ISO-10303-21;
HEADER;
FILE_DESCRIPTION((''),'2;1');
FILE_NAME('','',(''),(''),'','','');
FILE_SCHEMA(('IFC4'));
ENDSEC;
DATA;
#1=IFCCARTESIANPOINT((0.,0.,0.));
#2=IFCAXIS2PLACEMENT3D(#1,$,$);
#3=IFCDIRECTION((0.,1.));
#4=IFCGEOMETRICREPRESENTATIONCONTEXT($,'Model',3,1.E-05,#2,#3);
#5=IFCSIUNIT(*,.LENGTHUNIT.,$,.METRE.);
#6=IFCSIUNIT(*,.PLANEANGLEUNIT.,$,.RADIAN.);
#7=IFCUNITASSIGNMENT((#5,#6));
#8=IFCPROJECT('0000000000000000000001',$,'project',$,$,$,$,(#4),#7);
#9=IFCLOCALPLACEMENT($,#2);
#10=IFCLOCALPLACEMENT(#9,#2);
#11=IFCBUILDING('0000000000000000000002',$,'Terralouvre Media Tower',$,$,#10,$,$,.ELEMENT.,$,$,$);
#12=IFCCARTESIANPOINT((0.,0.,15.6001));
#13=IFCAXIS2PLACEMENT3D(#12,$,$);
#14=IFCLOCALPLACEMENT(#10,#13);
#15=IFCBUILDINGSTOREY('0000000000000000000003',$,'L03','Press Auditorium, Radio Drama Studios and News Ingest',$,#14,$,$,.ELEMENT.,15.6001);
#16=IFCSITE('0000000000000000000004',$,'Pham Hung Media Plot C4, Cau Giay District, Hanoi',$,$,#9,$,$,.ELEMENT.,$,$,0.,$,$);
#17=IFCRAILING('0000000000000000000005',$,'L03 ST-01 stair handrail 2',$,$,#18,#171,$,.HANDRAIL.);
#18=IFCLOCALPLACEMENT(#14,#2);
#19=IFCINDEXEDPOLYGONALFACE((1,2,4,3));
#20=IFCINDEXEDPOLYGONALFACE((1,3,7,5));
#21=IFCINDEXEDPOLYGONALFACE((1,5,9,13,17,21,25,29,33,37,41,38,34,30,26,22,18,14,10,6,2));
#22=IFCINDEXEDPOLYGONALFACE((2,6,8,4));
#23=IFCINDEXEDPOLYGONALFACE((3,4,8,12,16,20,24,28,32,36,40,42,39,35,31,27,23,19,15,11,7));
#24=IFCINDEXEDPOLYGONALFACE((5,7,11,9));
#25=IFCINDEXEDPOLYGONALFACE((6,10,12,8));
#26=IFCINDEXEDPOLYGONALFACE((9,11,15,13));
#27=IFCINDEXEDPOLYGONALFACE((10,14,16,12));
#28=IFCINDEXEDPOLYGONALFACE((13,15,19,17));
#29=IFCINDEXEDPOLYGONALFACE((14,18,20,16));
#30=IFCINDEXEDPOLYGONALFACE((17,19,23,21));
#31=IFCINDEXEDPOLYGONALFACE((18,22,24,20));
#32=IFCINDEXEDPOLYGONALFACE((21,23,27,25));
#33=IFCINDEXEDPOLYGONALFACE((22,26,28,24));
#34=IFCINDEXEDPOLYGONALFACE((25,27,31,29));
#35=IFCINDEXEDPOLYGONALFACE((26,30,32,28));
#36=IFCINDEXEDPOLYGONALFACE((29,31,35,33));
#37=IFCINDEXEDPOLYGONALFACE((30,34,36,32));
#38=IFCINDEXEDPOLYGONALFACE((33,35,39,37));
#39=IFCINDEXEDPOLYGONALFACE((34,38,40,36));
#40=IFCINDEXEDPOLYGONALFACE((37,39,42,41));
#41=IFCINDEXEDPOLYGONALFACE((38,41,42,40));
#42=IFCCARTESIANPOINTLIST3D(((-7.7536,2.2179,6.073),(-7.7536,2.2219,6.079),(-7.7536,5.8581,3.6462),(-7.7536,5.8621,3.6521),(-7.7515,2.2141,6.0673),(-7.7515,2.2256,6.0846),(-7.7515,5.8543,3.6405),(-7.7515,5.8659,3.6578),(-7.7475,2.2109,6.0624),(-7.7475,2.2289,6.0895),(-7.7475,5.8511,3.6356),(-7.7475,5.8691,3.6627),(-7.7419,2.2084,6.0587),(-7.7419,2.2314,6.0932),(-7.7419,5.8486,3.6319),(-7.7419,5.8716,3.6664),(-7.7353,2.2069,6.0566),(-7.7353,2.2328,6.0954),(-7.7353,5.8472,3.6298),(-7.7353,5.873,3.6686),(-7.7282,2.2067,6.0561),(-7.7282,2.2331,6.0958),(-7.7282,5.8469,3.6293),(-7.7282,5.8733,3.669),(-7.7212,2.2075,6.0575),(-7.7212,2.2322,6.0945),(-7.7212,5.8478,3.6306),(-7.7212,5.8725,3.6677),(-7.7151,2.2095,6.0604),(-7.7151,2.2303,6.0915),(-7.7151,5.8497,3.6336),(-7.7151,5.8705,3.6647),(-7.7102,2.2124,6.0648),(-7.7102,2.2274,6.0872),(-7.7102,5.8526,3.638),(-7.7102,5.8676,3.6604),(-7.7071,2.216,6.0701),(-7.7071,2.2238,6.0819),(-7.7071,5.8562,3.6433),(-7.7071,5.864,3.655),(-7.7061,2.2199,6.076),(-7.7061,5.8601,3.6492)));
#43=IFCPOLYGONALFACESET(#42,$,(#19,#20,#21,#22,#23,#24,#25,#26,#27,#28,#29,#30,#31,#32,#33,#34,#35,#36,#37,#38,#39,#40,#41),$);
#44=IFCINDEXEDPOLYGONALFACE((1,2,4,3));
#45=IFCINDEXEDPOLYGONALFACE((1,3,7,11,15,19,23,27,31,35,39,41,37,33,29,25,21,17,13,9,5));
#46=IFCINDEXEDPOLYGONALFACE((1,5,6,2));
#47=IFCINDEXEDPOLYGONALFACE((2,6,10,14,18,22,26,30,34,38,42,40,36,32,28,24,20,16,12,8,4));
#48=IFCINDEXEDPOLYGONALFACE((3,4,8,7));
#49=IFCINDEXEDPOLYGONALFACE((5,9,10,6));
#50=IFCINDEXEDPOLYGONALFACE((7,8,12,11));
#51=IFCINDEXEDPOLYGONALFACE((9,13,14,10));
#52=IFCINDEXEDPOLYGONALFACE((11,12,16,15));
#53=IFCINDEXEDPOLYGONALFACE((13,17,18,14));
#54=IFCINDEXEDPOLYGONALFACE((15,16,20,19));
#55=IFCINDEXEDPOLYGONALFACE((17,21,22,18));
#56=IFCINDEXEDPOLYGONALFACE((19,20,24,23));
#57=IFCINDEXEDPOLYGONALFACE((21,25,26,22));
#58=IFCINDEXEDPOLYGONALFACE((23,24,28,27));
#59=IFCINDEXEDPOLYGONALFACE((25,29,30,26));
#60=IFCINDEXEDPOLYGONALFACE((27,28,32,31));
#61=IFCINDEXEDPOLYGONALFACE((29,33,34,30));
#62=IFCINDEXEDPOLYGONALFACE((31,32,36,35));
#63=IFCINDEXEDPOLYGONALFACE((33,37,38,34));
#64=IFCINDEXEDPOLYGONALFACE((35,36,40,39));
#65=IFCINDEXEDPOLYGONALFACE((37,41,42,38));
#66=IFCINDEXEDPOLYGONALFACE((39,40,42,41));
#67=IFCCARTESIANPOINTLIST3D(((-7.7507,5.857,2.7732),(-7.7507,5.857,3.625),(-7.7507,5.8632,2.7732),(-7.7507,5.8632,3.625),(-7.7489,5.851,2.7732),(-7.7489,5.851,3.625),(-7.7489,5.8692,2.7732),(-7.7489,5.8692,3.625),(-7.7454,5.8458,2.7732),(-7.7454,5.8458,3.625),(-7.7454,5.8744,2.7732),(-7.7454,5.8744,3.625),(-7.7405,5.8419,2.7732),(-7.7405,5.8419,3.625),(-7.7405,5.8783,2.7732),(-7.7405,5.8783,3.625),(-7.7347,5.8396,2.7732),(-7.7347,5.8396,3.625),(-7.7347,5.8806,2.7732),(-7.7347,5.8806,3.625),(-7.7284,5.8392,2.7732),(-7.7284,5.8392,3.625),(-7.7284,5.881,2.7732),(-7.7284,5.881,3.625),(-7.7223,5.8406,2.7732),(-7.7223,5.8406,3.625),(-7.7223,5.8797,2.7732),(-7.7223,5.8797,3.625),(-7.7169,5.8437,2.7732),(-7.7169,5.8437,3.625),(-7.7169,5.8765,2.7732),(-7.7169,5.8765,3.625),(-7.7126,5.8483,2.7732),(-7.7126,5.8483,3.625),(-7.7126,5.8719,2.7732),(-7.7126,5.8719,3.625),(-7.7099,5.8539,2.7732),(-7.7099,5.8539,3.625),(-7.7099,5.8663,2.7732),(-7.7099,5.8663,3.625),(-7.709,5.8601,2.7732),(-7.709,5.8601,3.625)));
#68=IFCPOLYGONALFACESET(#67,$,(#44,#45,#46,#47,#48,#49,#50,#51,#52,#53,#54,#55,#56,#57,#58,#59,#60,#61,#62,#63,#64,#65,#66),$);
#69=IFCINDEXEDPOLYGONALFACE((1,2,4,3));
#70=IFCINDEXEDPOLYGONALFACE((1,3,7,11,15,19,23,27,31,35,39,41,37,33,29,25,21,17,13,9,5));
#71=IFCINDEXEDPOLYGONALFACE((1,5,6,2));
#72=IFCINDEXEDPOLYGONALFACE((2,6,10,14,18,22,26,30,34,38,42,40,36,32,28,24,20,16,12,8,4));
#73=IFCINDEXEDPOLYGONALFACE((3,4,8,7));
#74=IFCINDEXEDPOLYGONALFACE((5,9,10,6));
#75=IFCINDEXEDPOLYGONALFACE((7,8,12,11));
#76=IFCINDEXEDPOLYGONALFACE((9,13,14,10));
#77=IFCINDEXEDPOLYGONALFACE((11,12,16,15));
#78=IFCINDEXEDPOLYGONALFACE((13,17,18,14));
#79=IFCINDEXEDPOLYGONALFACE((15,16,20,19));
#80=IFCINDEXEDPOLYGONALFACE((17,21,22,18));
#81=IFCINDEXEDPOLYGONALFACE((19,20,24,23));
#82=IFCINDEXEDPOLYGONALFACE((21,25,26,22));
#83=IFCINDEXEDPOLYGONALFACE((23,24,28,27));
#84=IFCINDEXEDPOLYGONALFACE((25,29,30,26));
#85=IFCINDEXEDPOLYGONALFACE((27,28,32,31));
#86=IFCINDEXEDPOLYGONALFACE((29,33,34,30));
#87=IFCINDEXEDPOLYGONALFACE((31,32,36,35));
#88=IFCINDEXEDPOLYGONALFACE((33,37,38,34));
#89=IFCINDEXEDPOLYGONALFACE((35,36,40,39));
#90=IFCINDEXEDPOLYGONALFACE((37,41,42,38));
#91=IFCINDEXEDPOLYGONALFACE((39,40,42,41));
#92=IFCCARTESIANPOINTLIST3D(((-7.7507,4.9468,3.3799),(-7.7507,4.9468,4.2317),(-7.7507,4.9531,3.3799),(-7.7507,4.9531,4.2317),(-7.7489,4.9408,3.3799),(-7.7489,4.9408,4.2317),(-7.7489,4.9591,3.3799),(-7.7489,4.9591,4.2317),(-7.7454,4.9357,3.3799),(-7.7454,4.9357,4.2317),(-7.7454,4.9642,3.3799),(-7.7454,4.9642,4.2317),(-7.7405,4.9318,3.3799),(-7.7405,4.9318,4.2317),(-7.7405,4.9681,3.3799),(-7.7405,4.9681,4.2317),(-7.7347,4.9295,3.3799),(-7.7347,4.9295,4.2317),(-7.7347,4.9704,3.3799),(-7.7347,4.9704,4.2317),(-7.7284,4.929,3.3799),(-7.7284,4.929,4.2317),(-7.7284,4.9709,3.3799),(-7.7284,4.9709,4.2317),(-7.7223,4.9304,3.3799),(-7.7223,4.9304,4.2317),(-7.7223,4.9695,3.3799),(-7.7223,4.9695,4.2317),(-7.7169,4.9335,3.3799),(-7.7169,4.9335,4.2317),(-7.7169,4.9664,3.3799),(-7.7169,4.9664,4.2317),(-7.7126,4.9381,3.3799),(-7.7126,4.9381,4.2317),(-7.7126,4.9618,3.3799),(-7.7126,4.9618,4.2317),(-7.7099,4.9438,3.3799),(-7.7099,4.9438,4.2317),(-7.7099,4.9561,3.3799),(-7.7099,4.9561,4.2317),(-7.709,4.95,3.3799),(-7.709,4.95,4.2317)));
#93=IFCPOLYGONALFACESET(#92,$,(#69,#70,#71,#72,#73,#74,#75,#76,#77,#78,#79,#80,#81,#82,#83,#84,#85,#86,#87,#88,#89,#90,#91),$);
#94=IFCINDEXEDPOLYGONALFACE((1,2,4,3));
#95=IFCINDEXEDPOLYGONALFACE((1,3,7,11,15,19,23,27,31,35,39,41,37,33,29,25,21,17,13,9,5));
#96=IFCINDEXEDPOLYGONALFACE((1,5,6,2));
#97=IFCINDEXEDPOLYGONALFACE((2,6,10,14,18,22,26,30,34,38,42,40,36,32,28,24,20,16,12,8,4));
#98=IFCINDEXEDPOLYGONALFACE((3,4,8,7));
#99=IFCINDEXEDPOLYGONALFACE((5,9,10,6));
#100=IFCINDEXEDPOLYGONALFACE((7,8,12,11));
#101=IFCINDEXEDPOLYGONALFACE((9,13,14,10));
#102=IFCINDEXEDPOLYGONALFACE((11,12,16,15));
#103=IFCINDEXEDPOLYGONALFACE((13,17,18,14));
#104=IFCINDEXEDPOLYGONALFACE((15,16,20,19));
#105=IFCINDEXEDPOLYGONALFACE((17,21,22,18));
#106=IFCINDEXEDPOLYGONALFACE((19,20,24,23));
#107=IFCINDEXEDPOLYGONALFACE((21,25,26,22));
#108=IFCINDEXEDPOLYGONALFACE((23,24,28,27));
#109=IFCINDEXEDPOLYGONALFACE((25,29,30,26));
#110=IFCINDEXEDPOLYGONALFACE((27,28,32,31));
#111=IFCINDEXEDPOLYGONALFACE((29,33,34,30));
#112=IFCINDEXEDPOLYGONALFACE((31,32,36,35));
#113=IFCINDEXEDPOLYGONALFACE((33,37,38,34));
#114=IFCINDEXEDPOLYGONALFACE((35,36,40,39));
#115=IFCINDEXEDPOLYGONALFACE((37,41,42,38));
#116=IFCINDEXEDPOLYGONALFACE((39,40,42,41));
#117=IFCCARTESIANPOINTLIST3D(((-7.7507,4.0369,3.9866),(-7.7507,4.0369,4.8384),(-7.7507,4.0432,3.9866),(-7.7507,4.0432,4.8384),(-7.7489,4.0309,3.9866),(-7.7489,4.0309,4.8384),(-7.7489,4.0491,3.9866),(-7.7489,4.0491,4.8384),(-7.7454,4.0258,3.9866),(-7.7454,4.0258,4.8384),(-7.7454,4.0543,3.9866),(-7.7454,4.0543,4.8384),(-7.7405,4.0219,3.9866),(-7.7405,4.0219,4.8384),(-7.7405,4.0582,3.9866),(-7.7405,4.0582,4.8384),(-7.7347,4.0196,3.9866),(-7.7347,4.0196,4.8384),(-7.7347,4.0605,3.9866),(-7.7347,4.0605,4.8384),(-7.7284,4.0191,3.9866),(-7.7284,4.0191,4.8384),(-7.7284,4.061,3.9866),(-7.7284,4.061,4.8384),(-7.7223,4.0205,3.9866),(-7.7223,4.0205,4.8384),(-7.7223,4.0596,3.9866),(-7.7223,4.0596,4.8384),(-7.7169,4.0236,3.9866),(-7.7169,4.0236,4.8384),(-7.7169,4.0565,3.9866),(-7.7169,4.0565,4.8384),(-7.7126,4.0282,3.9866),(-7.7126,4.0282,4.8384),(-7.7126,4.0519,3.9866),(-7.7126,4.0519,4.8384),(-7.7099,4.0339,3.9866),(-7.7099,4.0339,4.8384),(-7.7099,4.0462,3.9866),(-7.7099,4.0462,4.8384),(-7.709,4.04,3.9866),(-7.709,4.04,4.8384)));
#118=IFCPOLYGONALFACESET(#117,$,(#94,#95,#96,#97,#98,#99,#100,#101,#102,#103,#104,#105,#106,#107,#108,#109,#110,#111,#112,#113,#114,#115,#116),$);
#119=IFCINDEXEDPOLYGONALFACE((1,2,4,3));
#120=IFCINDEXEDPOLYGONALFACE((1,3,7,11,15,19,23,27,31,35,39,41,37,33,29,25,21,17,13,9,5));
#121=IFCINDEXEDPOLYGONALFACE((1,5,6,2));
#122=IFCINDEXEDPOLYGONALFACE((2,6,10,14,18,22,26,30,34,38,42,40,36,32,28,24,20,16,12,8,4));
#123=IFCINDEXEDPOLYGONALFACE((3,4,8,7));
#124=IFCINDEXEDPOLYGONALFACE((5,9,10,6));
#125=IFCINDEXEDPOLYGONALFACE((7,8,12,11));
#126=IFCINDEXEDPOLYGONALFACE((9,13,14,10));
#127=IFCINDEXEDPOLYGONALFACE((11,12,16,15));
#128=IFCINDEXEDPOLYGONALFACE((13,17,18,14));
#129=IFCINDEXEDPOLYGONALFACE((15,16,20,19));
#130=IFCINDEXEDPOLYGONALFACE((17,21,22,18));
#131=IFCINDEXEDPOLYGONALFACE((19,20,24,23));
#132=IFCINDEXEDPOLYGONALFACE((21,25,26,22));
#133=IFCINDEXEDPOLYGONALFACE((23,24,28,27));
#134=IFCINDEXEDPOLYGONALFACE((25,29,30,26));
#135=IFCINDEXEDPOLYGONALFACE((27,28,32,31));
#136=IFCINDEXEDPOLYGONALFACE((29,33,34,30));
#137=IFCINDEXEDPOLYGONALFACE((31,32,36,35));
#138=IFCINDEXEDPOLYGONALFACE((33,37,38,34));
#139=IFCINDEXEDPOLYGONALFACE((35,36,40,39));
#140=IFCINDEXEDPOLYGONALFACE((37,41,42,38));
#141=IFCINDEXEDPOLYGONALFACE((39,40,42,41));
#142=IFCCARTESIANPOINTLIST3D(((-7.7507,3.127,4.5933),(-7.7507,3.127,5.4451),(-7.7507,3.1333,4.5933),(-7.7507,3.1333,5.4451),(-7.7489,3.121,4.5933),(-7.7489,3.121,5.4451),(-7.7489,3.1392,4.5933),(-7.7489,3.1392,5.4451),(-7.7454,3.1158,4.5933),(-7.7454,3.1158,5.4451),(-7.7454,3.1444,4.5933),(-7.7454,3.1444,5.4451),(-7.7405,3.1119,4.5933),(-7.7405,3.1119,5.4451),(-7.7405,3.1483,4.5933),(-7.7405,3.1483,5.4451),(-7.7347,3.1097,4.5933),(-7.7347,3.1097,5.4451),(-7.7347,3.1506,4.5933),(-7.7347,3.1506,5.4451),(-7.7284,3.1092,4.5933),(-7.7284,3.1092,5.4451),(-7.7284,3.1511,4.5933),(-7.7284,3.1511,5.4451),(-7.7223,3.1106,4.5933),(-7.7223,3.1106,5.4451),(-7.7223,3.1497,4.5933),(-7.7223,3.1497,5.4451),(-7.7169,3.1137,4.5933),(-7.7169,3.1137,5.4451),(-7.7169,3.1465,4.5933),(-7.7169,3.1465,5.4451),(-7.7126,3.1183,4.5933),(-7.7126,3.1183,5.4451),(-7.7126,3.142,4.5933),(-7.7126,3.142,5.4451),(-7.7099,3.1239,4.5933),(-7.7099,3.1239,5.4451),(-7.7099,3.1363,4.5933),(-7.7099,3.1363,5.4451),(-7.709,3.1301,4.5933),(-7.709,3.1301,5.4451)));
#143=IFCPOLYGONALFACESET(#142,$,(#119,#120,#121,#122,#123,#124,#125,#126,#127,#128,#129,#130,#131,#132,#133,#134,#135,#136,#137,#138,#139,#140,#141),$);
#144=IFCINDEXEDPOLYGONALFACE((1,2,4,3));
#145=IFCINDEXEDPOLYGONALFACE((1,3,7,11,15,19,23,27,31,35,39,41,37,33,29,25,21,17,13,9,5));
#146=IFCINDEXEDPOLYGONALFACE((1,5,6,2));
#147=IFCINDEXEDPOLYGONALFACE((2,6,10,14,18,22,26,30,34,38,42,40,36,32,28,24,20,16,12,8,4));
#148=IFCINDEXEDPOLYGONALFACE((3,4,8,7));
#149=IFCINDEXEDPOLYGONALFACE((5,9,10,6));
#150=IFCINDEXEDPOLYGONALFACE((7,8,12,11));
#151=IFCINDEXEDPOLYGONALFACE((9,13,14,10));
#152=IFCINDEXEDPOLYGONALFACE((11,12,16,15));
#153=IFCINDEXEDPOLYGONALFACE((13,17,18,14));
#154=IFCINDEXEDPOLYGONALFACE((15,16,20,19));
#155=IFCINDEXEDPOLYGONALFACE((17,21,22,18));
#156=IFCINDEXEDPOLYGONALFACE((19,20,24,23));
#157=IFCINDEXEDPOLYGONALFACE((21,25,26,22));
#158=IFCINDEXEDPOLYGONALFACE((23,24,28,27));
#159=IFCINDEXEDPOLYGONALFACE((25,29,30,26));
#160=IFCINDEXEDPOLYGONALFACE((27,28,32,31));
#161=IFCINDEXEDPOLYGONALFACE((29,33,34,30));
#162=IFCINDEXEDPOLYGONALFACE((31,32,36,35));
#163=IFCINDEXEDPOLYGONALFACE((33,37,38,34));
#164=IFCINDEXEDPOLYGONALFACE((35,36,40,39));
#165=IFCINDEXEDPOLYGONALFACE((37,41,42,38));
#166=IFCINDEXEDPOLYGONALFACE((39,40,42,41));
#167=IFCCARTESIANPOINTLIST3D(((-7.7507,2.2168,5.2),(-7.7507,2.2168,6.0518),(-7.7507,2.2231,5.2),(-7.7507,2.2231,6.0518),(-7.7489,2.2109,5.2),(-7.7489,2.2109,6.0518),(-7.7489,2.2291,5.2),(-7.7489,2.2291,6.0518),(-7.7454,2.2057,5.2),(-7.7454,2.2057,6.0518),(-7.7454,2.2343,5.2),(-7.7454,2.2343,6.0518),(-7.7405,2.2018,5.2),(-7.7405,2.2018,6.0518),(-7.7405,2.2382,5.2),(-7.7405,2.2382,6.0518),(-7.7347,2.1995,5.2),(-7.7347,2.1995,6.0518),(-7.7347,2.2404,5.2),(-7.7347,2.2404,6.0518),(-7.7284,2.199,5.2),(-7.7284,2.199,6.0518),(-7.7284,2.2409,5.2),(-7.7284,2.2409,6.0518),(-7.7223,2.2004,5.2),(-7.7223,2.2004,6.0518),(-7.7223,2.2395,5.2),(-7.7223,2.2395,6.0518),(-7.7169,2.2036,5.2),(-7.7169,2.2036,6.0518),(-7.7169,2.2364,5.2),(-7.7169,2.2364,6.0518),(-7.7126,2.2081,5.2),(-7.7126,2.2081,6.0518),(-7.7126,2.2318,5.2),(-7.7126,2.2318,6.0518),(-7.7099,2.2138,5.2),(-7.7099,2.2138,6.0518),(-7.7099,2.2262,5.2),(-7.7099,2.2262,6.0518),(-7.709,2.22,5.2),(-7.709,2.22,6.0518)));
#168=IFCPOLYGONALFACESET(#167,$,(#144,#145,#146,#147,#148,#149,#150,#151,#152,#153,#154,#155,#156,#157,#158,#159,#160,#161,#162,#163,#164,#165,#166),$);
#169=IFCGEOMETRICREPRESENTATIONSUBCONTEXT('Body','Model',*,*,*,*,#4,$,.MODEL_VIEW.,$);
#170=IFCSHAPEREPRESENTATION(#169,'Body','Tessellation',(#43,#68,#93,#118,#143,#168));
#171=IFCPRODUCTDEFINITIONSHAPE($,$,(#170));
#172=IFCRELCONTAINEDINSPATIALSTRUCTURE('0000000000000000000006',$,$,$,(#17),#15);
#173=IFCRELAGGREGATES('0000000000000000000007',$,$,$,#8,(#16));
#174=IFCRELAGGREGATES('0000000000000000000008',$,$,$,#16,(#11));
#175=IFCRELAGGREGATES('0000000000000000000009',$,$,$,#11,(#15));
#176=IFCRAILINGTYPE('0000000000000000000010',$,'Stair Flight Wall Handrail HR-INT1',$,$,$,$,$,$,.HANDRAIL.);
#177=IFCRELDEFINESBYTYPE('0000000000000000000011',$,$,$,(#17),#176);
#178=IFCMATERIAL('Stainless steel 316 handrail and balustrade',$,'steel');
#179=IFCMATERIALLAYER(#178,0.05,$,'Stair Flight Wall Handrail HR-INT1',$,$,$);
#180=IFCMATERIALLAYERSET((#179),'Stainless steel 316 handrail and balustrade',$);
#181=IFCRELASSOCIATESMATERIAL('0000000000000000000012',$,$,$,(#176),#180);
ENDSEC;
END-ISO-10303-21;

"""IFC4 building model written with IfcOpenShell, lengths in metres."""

from ifc_helpers import new_model, si_unit, direction, frame, origin, origin_2d, place, context, subcontext, project, spatial, circle, extrude, material, layer, layer_set, type_object, element, save


model = new_model("IFC4")

# Units and contexts
model_context = context("Model", 3, precision=1e-05, world=origin(), true_north=direction((0.0, 1.0)))
body_context = subcontext(model_context, "Body", "Model", "MODEL_VIEW")
ifc_project = project(units=[si_unit("LENGTHUNIT", "METRE"), si_unit("PLANEANGLEUNIT", "RADIAN")], contexts=[model_context])

# Site, building, storey
site_placement = place(None, origin())
site = spatial("IfcSite", under=ifc_project, at=site_placement, Name="Pham Hung Media Plot C4, Cau Giay District, Hanoi", CompositionType="ELEMENT", RefElevation=0.0)
building_placement = place(site_placement, origin())
building = spatial("IfcBuilding", under=site, at=building_placement, Name="Terralouvre Media Tower", CompositionType="ELEMENT")
storey_placement = place(building_placement, frame((0.0, 0.0, 15.6001)))
storey = spatial("IfcBuildingStorey", under=building, at=storey_placement, Name="L03", Description="Press Auditorium, Radio Drama Studios and News Ingest", CompositionType="ELEMENT", Elevation=15.6001)

# Railing
ifc_material_1 = material(Name="Stainless steel 316 handrail and balustrade", Category="steel")
ifc_layer_1 = layer(ifc_material_1, 0.05, Name="Stair Flight Wall Handrail HR-INT1")
ifc_layer_set_1 = layer_set([ifc_layer_1], Name="Stainless steel 316 handrail and balustrade")
railing_type_1 = type_object("IfcRailingType", Name="Stair Flight Wall Handrail HR-INT1", PredefinedType="HANDRAIL", material=ifc_layer_set_1)
railing_1_placement = place(storey_placement, frame((-7.73, 5.8601, 2.7732)))
element("IfcRailing", 1, at=railing_1_placement, inside=storey, type_object=railing_type_1, Name="L03 ST-01 stair handrail 2", PredefinedType="HANDRAIL", context=body_context, shape_type="SweptSolid", body=[
    extrude(circle(Radius=0.0239, at=origin_2d()), frame((0.0, 0.0, 0.876), z_axis=(0.0, -0.83205, 0.5547), x_axis=(1.0, 0.0, 0.0)), (0.0, 0.0, 1.0), 4.375),
    extrude(circle(Radius=0.021, at=origin_2d()), origin(), (0.0, 0.0, 1.0), 0.8518),
    extrude(circle(Radius=0.021, at=origin_2d()), frame((0.0, -0.9102, 0.6067)), (0.0, 0.0, 1.0), 0.8518),
    extrude(circle(Radius=0.021, at=origin_2d()), frame((0.0, -1.8201, 1.2134)), (0.0, 0.0, 1.0), 0.8518),
    extrude(circle(Radius=0.021, at=origin_2d()), frame((0.0, -2.73, 1.8201)), (0.0, 0.0, 1.0), 0.8518),
    extrude(circle(Radius=0.021, at=origin_2d()), frame((0.0, -3.6401, 2.4268)), (0.0, 0.0, 1.0), 0.8518),
])

save(model, "model.ifc")
